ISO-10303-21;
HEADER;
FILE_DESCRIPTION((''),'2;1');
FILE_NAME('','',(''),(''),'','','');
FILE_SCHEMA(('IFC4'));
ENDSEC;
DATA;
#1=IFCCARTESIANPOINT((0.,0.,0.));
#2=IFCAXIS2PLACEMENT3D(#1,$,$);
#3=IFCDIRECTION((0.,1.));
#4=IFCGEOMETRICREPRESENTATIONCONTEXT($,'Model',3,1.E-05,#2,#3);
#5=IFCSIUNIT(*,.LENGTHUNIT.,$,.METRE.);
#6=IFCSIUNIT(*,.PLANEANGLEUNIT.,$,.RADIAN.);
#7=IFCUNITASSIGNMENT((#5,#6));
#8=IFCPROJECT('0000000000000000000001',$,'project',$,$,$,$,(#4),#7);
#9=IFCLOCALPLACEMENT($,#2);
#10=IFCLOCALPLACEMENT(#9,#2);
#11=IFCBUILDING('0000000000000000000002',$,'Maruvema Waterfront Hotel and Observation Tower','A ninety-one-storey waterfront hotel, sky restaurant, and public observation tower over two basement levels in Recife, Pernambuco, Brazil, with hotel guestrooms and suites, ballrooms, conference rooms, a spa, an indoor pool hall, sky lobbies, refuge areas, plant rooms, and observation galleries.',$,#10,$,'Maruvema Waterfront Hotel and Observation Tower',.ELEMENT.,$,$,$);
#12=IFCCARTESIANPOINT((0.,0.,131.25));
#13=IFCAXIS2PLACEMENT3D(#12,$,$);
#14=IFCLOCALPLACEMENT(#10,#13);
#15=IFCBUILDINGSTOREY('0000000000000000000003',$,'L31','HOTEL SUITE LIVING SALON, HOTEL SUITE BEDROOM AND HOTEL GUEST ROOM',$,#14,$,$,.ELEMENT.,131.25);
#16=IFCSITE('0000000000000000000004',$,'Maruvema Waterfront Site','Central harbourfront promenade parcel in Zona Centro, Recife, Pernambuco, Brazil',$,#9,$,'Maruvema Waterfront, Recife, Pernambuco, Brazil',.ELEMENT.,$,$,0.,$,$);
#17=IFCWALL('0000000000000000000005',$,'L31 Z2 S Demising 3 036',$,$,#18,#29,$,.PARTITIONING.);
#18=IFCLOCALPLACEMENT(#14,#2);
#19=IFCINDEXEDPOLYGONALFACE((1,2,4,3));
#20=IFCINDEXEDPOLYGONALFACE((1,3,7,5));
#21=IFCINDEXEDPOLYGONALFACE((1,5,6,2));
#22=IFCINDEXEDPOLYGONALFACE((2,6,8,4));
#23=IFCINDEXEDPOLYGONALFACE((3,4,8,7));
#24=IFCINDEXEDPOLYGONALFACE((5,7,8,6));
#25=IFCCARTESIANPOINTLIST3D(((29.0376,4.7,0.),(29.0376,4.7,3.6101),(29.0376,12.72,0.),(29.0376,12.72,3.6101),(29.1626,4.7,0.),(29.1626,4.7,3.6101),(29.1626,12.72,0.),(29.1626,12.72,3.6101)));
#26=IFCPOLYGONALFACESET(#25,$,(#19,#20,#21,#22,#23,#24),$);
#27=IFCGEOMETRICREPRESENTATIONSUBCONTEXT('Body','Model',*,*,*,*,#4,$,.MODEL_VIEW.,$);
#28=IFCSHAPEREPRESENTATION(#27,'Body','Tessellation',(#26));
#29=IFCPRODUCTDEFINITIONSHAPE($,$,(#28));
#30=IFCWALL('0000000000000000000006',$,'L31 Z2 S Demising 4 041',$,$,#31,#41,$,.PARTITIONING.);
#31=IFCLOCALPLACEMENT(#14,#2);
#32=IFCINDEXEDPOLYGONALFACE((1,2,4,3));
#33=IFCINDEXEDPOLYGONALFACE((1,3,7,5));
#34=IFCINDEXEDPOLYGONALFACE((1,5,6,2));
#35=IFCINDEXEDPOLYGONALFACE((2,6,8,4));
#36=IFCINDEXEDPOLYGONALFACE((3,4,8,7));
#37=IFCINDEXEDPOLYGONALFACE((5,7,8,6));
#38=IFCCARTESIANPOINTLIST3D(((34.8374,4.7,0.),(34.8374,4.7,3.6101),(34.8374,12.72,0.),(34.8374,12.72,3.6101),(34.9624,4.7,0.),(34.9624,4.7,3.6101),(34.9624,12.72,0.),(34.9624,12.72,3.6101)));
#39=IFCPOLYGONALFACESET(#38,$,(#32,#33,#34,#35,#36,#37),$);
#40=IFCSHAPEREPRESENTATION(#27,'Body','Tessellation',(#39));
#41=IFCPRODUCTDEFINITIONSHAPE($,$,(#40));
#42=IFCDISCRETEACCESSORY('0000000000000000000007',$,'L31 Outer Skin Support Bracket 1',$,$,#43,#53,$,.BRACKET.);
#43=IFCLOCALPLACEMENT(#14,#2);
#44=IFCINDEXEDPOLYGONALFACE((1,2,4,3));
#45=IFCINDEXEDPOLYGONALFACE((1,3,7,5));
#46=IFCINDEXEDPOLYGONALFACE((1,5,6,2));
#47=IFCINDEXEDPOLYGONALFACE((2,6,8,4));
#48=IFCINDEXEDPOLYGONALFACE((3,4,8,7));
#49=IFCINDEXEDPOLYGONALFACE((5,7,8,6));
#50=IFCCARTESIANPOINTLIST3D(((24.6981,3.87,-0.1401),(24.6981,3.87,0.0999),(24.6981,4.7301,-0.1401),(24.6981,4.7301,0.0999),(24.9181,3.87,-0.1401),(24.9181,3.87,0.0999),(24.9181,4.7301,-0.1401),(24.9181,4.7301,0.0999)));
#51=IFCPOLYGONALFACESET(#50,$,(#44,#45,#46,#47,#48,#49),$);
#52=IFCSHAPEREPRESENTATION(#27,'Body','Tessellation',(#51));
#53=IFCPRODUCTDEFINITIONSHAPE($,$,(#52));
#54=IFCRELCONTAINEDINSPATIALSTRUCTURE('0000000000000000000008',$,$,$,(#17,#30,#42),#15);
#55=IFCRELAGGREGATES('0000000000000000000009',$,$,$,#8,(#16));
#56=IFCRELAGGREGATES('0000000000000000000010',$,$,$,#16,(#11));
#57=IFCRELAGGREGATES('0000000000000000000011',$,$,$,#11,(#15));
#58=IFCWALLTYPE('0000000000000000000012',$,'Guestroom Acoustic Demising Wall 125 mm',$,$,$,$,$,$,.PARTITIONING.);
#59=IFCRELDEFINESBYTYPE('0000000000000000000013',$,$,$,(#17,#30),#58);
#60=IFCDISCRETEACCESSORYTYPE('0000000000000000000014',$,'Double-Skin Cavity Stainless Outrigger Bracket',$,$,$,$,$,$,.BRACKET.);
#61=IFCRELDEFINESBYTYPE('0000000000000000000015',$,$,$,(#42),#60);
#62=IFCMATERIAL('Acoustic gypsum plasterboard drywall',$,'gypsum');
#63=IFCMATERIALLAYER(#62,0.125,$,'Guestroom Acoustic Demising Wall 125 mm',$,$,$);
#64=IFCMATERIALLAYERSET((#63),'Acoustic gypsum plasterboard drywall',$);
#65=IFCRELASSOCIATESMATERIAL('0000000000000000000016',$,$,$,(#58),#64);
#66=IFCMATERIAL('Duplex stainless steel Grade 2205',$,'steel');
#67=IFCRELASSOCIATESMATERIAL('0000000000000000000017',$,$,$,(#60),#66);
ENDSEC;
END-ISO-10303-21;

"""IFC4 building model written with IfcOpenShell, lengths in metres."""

from ifc_helpers import new_model, si_unit, direction, frame, frame_2d, origin, origin_2d, place, context, subcontext, project, spatial, rectangle, extrude, material, layer, layer_set, type_object, element, save


model = new_model("IFC4")

# Units and contexts
model_context = context("Model", 3, precision=1e-05, world=origin(), true_north=direction((0.0, 1.0)))
body_context = subcontext(model_context, "Body", "Model", "MODEL_VIEW")
ifc_project = project(units=[si_unit("LENGTHUNIT", "METRE"), si_unit("PLANEANGLEUNIT", "RADIAN")], contexts=[model_context])

# Site, building, storey
site_placement = place(None, origin())
site = spatial("IfcSite", under=ifc_project, at=site_placement, Name="Maruvema Waterfront Site", Description="Central harbourfront promenade parcel in Zona Centro, Recife, Pernambuco, Brazil", LongName="Maruvema Waterfront, Recife, Pernambuco, Brazil", CompositionType="ELEMENT", RefElevation=0.0)
building_placement = place(site_placement, origin())
building = spatial("IfcBuilding", under=site, at=building_placement, Name="Maruvema Waterfront Hotel and Observation Tower", Description="A ninety-one-storey waterfront hotel, sky restaurant, and public observation tower over two basement levels in Recife, Pernambuco, Brazil, with hotel guestrooms and suites, ballrooms, conference rooms, a spa, an indoor pool hall, sky lobbies, refuge areas, plant rooms, and observation galleries.", LongName="Maruvema Waterfront Hotel and Observation Tower", CompositionType="ELEMENT")
storey_placement = place(building_placement, frame((0.0, 0.0, 131.25)))
storey = spatial("IfcBuildingStorey", under=building, at=storey_placement, Name="L31", Description="HOTEL SUITE LIVING SALON, HOTEL SUITE BEDROOM AND HOTEL GUEST ROOM", CompositionType="ELEMENT", Elevation=131.25)

# Walls
ifc_material_1 = material(Name="Acoustic gypsum plasterboard drywall", Category="gypsum")
ifc_layer_1 = layer(ifc_material_1, 0.125, Name="Guestroom Acoustic Demising Wall 125 mm")
ifc_layer_set_1 = layer_set([ifc_layer_1], Name="Acoustic gypsum plasterboard drywall")
wall_type_1 = type_object("IfcWallType", Name="Guestroom Acoustic Demising Wall 125 mm", PredefinedType="PARTITIONING", material=ifc_layer_set_1)
for number, where, z_axis, x_axis, name in (
    (1, (29.1001, 4.7, 0.0), (0.0, 0.0, 1.0), (0.0, 1.0, 0.0), "L31 Z2 S Demising 3 036"),
    (2, (34.8999, 4.7, 0.0), (0.0, 0.0, 1.0), (0.0, 1.0, 0.0), "L31 Z2 S Demising 4 041"),
):
    element("IfcWall", number, at=place(storey_placement, frame(where, z_axis=z_axis, x_axis=x_axis)), inside=storey, type_object=wall_type_1, Name=name, PredefinedType="PARTITIONING", context=body_context, shape_type="SweptSolid", body=[
        extrude(rectangle(XDim=8.02, YDim=0.125, at=frame_2d((4.01, 0.0))), origin(), (0.0, 0.0, 1.0), 3.6101),
    ])

# Discrete accessory
ifc_material_2 = material(Name="Duplex stainless steel Grade 2205", Category="steel")
discrete_accessory_type = type_object("IfcDiscreteAccessoryType", Name="Double-Skin Cavity Stainless Outrigger Bracket", PredefinedType="BRACKET", material=ifc_material_2)
discrete_accessory_placement = place(storey_placement, frame((24.8081, 4.3, -0.1401), z_axis=(0.0, 0.0, 1.0), x_axis=(1.0, 0.0, 0.0)))
element("IfcDiscreteAccessory", 3, at=discrete_accessory_placement, inside=storey, type_object=discrete_accessory_type, Name="L31 Outer Skin Support Bracket 1", PredefinedType="BRACKET", context=body_context, shape_type="SweptSolid", body=[
    extrude(rectangle(XDim=0.22, YDim=0.8601, at=origin_2d()), origin(), (0.0, 0.0, 1.0), 0.24),
])

save(model, "model.ifc")
